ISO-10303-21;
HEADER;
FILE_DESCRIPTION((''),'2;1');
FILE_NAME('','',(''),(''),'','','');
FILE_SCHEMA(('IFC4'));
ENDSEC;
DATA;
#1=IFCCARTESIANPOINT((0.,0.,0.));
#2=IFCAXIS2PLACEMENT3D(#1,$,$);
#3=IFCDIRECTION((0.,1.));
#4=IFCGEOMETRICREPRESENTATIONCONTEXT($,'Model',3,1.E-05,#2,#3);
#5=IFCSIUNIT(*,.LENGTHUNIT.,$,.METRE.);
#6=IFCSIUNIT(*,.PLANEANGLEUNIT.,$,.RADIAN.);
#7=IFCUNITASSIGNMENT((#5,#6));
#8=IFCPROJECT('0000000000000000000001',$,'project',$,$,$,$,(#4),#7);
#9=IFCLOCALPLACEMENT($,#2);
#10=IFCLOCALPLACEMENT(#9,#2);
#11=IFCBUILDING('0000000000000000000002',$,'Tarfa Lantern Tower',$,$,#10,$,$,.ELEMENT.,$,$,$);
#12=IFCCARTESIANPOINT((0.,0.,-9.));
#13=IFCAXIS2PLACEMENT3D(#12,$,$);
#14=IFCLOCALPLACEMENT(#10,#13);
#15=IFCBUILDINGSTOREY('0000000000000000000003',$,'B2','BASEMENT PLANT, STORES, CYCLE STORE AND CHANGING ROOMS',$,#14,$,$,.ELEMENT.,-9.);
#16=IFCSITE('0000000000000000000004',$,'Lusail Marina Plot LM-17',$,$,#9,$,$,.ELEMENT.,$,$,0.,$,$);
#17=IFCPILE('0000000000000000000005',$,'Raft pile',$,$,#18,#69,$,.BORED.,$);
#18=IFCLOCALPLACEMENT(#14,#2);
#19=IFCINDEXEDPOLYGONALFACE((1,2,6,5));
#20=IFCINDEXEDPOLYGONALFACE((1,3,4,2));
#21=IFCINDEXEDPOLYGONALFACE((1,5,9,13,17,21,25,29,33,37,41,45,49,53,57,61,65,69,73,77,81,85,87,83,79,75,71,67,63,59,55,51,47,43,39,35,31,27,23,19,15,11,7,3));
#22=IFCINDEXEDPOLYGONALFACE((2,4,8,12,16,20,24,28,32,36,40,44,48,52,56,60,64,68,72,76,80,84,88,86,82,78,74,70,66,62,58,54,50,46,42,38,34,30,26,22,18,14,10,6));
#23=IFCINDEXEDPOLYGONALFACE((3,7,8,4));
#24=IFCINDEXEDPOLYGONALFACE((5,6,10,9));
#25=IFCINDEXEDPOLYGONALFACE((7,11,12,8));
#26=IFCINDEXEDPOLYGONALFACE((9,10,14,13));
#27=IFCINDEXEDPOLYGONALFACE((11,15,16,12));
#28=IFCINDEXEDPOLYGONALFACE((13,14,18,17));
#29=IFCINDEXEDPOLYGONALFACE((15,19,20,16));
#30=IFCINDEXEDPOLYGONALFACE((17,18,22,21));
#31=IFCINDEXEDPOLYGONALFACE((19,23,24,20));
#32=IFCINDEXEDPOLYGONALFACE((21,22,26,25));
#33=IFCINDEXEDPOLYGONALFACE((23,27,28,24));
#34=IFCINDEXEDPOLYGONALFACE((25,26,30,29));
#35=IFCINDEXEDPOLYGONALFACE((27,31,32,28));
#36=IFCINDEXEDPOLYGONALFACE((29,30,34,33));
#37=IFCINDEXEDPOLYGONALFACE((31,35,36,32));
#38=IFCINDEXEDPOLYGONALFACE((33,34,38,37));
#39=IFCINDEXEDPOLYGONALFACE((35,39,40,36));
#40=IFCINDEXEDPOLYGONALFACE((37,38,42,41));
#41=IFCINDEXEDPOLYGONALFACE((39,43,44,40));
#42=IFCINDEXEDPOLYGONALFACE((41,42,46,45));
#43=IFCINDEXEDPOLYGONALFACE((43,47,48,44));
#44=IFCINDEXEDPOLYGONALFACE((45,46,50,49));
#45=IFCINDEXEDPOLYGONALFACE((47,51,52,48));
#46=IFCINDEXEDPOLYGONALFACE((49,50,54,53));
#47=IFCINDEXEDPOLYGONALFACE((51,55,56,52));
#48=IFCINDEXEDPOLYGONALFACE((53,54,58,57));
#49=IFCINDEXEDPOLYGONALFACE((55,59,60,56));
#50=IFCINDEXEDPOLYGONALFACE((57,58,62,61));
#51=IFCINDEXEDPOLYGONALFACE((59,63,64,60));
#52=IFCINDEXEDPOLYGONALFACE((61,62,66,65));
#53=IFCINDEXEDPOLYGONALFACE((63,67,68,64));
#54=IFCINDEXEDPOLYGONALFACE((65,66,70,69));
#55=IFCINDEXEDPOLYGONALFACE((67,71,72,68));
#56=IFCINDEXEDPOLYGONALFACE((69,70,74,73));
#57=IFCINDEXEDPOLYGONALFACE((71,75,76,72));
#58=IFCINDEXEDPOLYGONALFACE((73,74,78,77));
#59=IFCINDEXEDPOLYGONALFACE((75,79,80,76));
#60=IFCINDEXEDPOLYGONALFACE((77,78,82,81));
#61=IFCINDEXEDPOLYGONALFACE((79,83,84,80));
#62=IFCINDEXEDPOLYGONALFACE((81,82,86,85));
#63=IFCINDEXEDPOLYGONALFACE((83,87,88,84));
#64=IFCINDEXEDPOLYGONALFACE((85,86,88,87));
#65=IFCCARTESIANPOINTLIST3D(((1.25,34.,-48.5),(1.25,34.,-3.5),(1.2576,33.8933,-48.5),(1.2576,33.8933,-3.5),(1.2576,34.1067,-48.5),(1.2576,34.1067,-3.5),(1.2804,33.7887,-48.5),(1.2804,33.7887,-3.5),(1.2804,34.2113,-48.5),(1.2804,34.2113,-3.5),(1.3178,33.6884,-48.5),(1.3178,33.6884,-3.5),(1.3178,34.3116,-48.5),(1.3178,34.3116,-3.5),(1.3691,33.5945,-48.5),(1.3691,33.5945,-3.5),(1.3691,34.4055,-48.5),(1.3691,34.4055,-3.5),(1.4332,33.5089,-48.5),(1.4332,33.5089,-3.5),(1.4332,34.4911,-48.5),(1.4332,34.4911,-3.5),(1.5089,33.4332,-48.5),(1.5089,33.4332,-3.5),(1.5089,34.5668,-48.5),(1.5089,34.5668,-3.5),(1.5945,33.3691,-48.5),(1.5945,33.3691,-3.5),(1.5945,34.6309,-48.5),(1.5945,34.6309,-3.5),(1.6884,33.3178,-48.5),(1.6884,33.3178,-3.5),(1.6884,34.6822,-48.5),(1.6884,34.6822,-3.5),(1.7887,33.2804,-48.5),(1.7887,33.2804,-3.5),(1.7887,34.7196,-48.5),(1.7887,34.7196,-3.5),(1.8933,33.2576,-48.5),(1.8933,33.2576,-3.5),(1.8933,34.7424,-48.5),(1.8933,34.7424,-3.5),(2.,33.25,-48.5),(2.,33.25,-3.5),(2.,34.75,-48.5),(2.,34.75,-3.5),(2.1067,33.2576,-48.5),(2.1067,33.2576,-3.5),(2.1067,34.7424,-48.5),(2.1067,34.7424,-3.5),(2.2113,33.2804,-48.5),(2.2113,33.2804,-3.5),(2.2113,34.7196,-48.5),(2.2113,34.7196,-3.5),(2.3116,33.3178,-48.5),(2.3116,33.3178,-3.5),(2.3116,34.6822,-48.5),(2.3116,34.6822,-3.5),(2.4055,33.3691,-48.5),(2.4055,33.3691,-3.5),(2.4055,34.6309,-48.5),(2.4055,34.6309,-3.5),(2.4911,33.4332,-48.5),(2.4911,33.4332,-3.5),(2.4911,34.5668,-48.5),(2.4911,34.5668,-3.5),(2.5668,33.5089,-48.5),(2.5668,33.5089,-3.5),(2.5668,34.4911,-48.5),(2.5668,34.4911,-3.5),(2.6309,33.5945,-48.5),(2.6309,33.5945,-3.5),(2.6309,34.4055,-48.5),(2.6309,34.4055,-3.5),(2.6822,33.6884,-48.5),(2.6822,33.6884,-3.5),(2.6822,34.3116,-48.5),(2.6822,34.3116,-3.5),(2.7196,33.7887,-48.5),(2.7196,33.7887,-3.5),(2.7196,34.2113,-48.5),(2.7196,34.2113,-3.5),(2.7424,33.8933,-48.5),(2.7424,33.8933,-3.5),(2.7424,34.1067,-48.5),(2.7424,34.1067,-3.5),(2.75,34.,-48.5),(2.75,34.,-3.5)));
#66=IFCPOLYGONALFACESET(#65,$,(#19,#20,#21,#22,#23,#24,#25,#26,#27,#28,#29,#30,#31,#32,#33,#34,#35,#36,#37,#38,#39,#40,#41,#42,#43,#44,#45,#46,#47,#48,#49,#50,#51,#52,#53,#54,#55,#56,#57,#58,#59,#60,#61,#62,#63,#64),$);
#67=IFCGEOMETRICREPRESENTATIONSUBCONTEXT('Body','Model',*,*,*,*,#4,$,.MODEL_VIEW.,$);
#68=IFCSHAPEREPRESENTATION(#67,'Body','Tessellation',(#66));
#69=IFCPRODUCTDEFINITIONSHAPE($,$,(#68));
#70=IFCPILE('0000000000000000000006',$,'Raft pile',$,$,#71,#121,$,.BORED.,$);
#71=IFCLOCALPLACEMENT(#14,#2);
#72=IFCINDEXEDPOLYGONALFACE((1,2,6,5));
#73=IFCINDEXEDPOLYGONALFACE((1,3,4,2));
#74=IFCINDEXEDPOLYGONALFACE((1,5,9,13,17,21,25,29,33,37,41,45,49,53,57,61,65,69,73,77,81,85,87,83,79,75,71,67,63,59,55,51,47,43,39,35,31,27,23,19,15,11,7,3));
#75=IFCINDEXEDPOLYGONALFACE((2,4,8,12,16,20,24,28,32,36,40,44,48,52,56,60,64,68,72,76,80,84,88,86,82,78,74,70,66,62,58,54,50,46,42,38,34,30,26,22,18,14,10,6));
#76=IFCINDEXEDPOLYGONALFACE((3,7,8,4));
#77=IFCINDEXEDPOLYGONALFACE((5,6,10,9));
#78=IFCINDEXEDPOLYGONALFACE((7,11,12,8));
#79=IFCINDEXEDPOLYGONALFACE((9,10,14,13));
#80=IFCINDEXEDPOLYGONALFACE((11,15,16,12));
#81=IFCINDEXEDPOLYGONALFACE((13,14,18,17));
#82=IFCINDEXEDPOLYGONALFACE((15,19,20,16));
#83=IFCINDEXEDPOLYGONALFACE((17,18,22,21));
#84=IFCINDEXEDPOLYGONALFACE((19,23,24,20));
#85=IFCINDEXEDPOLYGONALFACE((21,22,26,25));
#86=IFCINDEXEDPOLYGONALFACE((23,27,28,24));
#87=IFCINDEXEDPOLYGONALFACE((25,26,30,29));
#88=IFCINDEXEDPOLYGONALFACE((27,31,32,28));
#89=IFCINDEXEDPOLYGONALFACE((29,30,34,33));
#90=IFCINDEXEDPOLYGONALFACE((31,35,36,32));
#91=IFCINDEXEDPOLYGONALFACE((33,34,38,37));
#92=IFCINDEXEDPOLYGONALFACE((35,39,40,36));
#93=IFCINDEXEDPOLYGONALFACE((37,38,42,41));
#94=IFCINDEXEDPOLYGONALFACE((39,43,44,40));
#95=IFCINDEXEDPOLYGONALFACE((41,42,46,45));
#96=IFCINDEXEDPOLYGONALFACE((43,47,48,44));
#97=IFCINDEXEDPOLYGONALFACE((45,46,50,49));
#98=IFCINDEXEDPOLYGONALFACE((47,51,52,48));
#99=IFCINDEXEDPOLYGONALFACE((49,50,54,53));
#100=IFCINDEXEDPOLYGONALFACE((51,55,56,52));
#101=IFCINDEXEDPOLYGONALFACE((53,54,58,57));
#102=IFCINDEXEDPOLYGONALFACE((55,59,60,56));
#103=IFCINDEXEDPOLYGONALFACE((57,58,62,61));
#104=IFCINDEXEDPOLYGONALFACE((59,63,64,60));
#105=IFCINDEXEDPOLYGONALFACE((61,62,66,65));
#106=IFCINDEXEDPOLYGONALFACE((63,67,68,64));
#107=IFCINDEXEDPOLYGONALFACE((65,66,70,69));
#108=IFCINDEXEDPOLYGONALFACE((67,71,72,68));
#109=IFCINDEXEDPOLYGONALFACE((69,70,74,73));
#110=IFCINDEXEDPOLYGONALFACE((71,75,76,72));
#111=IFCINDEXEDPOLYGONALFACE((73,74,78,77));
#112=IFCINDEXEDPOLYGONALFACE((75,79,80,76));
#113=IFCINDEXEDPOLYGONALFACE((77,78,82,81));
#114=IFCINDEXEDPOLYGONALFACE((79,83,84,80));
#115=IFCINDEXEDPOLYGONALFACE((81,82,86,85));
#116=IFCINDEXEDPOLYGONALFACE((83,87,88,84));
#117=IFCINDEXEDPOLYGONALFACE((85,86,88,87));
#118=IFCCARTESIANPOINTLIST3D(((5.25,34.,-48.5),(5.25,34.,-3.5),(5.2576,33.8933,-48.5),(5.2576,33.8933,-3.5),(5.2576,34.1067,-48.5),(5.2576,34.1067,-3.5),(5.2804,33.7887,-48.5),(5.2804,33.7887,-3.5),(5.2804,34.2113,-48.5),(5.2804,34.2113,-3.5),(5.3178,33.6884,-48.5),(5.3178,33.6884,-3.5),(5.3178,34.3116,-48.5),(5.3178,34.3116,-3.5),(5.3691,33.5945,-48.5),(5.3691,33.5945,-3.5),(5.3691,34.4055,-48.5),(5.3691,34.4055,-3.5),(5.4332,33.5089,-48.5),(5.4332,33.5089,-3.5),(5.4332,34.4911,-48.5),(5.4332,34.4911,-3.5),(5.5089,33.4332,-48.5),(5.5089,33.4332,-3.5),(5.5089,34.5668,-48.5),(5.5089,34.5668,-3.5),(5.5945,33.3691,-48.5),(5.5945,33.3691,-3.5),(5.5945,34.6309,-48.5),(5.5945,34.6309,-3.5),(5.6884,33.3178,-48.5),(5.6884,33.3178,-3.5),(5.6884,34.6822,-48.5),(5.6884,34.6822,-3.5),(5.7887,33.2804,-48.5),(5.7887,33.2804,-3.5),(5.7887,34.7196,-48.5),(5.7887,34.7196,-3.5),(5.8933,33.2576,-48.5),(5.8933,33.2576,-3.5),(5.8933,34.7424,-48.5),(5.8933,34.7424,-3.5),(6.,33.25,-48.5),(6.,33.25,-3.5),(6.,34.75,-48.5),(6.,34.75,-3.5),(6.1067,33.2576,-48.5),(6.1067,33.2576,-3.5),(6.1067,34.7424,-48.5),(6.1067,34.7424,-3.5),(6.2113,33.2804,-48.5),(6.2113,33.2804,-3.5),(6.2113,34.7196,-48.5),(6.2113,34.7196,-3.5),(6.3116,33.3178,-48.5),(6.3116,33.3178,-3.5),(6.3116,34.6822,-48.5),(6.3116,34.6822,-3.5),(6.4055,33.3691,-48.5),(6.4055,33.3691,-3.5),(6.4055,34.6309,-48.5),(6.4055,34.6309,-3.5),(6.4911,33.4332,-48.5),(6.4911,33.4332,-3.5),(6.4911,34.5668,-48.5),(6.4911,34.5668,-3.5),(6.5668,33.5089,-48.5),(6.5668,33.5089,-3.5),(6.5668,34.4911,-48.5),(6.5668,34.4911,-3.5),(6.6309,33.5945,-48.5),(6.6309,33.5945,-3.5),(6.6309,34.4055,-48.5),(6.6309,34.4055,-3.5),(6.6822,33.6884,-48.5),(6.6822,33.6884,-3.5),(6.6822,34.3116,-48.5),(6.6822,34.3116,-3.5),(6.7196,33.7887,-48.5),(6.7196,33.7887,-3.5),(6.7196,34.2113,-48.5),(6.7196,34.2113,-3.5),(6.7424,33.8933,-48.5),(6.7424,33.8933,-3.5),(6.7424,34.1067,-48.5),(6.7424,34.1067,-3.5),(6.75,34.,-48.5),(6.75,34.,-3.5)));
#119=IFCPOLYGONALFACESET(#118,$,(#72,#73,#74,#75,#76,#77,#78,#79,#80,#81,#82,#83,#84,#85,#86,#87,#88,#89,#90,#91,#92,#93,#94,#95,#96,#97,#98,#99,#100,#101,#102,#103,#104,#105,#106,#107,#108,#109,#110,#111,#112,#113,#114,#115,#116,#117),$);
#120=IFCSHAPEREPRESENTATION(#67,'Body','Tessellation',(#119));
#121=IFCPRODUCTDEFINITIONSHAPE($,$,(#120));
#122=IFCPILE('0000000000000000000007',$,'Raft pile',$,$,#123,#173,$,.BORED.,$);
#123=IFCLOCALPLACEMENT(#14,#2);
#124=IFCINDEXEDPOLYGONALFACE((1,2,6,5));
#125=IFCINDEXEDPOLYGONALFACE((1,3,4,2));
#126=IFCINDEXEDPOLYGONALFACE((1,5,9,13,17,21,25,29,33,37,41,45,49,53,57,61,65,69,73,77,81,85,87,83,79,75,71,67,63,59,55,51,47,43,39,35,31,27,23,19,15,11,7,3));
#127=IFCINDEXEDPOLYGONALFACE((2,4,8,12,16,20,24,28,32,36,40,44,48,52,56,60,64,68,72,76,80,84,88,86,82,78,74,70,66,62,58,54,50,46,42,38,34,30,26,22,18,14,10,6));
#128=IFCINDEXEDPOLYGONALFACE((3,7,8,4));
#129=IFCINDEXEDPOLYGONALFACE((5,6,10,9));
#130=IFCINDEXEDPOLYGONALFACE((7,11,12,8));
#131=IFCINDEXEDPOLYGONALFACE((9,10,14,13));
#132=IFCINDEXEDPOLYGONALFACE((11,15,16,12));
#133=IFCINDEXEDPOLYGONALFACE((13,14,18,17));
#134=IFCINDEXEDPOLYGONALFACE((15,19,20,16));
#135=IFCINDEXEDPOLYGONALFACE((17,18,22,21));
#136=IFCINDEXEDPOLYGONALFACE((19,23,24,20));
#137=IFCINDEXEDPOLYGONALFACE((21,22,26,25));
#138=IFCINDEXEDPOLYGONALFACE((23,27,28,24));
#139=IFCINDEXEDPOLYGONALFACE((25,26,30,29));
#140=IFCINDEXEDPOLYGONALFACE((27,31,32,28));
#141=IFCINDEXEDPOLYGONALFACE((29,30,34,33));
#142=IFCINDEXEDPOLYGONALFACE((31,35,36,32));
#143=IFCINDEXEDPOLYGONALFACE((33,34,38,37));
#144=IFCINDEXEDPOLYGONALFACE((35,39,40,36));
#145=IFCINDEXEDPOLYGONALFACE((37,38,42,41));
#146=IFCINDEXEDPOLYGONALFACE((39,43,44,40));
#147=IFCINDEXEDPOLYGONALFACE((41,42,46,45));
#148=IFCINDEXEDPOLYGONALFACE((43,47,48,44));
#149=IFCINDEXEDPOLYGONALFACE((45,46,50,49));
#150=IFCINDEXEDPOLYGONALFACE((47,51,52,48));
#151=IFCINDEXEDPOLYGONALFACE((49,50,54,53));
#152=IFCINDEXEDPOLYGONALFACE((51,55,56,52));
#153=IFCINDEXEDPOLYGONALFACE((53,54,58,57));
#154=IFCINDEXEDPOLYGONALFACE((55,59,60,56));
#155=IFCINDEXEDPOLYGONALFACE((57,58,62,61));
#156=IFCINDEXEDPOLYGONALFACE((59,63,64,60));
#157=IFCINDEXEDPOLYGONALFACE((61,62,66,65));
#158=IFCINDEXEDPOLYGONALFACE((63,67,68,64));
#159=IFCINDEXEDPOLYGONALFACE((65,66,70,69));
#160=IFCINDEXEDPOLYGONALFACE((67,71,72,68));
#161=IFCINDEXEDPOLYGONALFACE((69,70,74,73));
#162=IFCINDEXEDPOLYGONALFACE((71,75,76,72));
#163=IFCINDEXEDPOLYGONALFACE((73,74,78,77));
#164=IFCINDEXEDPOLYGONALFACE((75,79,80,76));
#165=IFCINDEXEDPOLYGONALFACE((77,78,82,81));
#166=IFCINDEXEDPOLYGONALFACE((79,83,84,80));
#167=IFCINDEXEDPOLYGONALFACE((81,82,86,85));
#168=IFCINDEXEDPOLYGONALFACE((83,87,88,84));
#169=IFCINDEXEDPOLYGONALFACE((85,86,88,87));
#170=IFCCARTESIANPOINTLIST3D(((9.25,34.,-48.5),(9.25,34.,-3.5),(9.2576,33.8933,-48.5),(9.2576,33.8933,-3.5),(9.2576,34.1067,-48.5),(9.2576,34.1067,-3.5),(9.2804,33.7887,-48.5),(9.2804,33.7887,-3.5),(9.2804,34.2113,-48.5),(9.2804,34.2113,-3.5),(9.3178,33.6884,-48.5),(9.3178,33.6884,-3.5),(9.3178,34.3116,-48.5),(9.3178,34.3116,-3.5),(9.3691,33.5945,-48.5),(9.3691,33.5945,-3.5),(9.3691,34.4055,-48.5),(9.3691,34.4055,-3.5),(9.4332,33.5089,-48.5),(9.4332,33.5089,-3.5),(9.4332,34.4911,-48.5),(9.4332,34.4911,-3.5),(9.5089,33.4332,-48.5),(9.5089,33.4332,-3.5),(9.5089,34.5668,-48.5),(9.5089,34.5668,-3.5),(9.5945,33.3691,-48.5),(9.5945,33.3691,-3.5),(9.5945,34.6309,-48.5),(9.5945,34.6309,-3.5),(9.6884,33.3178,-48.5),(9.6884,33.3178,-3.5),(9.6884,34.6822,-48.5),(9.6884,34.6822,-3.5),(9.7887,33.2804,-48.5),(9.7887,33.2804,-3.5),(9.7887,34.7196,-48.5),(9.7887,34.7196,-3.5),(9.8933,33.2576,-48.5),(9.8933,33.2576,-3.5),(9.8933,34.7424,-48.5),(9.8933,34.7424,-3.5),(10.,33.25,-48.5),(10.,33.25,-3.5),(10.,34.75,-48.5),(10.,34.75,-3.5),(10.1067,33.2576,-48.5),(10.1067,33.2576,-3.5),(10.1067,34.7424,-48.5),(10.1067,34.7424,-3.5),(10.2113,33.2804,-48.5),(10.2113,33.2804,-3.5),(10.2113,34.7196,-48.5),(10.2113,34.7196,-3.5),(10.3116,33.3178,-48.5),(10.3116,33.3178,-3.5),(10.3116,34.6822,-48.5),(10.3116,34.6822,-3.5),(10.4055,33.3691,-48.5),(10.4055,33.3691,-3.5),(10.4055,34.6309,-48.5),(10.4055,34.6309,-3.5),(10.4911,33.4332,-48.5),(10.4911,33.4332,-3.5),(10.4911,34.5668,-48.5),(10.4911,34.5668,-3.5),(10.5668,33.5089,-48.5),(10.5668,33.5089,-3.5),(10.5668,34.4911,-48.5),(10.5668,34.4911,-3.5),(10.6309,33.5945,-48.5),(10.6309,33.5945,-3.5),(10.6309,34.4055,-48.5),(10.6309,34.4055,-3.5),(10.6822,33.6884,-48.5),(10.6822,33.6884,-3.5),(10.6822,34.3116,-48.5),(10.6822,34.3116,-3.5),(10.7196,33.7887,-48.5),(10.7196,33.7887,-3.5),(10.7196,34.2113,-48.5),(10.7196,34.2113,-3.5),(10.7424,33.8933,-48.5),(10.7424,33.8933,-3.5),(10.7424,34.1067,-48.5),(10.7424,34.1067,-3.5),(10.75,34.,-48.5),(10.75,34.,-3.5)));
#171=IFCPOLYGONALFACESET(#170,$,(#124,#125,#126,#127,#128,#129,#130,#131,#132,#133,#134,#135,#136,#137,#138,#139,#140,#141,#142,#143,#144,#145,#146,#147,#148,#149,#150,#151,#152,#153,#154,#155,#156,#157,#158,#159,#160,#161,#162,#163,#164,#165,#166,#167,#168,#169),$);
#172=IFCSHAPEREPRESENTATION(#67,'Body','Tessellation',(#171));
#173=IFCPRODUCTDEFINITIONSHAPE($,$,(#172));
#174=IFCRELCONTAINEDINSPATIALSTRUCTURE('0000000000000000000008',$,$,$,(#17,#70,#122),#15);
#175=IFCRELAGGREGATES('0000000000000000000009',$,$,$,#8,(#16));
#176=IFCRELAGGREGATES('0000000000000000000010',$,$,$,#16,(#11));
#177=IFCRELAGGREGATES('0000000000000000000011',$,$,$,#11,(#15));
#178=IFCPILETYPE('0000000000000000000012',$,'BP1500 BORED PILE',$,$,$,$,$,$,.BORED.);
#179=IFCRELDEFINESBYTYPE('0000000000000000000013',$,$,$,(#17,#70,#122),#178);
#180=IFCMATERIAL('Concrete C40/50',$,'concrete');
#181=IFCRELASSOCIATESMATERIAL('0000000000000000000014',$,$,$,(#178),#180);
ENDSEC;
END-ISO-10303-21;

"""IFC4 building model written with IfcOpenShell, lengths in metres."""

from ifc_helpers import new_model, si_unit, direction, frame, origin, origin_2d, place, context, subcontext, project, spatial, circle, extrude, material, material_profile, profile_set, type_object, element, save


model = new_model("IFC4")

# Units and contexts
model_context = context("Model", 3, precision=1e-05, world=origin(), true_north=direction((0.0, 1.0)))
body_context = subcontext(model_context, "Body", "Model", "MODEL_VIEW")
ifc_project = project(units=[si_unit("LENGTHUNIT", "METRE"), si_unit("PLANEANGLEUNIT", "RADIAN")], contexts=[model_context])

# Site, building, storey
site_placement = place(None, origin())
site = spatial("IfcSite", under=ifc_project, at=site_placement, Name="Lusail Marina Plot LM-17", CompositionType="ELEMENT", RefElevation=0.0)
building_placement = place(site_placement, origin())
building = spatial("IfcBuilding", under=site, at=building_placement, Name="Tarfa Lantern Tower", CompositionType="ELEMENT")
storey_placement = place(building_placement, frame((0.0, 0.0, -9.0)))
storey = spatial("IfcBuildingStorey", under=building, at=storey_placement, Name="B2", Description="BASEMENT PLANT, STORES, CYCLE STORE AND CHANGING ROOMS", CompositionType="ELEMENT", Elevation=-9.0)

# Piles
ifc_material_1 = material(Name="Concrete C40/50", Category="concrete")
ifc_material_profile_1 = material_profile(ifc_material_1, circle(Radius=0.75, at=origin_2d()), Name="BORED PILE D1500")
ifc_profile_set_1 = profile_set([ifc_material_profile_1], Name="Concrete C40/50")
pile_type_1 = type_object("IfcPileType", Name="BP1500 BORED PILE", PredefinedType="BORED", material=ifc_profile_set_1)
for number, where, z_axis, x_axis, name in (
    (1, (2.0, 34.0, -3.5), (0.0, 0.0, -1.0), (1.0, 0.0, 0.0), "Raft pile"),
    (2, (6.0, 34.0, -3.5), (0.0, 0.0, -1.0), (1.0, 0.0, 0.0), "Raft pile"),
    (3, (10.0, 34.0, -3.5), (0.0, 0.0, -1.0), (1.0, 0.0, 0.0), "Raft pile"),
):
    element("IfcPile", number, at=place(storey_placement, frame(where, z_axis=z_axis, x_axis=x_axis)), inside=storey, type_object=pile_type_1, Name=name, PredefinedType="BORED", context=body_context, shape_type="SweptSolid", body=[
        extrude(circle(Radius=0.75, at=origin_2d()), origin(), (0.0, 0.0, 1.0), 45.0),
    ])

save(model, "model.ifc")
